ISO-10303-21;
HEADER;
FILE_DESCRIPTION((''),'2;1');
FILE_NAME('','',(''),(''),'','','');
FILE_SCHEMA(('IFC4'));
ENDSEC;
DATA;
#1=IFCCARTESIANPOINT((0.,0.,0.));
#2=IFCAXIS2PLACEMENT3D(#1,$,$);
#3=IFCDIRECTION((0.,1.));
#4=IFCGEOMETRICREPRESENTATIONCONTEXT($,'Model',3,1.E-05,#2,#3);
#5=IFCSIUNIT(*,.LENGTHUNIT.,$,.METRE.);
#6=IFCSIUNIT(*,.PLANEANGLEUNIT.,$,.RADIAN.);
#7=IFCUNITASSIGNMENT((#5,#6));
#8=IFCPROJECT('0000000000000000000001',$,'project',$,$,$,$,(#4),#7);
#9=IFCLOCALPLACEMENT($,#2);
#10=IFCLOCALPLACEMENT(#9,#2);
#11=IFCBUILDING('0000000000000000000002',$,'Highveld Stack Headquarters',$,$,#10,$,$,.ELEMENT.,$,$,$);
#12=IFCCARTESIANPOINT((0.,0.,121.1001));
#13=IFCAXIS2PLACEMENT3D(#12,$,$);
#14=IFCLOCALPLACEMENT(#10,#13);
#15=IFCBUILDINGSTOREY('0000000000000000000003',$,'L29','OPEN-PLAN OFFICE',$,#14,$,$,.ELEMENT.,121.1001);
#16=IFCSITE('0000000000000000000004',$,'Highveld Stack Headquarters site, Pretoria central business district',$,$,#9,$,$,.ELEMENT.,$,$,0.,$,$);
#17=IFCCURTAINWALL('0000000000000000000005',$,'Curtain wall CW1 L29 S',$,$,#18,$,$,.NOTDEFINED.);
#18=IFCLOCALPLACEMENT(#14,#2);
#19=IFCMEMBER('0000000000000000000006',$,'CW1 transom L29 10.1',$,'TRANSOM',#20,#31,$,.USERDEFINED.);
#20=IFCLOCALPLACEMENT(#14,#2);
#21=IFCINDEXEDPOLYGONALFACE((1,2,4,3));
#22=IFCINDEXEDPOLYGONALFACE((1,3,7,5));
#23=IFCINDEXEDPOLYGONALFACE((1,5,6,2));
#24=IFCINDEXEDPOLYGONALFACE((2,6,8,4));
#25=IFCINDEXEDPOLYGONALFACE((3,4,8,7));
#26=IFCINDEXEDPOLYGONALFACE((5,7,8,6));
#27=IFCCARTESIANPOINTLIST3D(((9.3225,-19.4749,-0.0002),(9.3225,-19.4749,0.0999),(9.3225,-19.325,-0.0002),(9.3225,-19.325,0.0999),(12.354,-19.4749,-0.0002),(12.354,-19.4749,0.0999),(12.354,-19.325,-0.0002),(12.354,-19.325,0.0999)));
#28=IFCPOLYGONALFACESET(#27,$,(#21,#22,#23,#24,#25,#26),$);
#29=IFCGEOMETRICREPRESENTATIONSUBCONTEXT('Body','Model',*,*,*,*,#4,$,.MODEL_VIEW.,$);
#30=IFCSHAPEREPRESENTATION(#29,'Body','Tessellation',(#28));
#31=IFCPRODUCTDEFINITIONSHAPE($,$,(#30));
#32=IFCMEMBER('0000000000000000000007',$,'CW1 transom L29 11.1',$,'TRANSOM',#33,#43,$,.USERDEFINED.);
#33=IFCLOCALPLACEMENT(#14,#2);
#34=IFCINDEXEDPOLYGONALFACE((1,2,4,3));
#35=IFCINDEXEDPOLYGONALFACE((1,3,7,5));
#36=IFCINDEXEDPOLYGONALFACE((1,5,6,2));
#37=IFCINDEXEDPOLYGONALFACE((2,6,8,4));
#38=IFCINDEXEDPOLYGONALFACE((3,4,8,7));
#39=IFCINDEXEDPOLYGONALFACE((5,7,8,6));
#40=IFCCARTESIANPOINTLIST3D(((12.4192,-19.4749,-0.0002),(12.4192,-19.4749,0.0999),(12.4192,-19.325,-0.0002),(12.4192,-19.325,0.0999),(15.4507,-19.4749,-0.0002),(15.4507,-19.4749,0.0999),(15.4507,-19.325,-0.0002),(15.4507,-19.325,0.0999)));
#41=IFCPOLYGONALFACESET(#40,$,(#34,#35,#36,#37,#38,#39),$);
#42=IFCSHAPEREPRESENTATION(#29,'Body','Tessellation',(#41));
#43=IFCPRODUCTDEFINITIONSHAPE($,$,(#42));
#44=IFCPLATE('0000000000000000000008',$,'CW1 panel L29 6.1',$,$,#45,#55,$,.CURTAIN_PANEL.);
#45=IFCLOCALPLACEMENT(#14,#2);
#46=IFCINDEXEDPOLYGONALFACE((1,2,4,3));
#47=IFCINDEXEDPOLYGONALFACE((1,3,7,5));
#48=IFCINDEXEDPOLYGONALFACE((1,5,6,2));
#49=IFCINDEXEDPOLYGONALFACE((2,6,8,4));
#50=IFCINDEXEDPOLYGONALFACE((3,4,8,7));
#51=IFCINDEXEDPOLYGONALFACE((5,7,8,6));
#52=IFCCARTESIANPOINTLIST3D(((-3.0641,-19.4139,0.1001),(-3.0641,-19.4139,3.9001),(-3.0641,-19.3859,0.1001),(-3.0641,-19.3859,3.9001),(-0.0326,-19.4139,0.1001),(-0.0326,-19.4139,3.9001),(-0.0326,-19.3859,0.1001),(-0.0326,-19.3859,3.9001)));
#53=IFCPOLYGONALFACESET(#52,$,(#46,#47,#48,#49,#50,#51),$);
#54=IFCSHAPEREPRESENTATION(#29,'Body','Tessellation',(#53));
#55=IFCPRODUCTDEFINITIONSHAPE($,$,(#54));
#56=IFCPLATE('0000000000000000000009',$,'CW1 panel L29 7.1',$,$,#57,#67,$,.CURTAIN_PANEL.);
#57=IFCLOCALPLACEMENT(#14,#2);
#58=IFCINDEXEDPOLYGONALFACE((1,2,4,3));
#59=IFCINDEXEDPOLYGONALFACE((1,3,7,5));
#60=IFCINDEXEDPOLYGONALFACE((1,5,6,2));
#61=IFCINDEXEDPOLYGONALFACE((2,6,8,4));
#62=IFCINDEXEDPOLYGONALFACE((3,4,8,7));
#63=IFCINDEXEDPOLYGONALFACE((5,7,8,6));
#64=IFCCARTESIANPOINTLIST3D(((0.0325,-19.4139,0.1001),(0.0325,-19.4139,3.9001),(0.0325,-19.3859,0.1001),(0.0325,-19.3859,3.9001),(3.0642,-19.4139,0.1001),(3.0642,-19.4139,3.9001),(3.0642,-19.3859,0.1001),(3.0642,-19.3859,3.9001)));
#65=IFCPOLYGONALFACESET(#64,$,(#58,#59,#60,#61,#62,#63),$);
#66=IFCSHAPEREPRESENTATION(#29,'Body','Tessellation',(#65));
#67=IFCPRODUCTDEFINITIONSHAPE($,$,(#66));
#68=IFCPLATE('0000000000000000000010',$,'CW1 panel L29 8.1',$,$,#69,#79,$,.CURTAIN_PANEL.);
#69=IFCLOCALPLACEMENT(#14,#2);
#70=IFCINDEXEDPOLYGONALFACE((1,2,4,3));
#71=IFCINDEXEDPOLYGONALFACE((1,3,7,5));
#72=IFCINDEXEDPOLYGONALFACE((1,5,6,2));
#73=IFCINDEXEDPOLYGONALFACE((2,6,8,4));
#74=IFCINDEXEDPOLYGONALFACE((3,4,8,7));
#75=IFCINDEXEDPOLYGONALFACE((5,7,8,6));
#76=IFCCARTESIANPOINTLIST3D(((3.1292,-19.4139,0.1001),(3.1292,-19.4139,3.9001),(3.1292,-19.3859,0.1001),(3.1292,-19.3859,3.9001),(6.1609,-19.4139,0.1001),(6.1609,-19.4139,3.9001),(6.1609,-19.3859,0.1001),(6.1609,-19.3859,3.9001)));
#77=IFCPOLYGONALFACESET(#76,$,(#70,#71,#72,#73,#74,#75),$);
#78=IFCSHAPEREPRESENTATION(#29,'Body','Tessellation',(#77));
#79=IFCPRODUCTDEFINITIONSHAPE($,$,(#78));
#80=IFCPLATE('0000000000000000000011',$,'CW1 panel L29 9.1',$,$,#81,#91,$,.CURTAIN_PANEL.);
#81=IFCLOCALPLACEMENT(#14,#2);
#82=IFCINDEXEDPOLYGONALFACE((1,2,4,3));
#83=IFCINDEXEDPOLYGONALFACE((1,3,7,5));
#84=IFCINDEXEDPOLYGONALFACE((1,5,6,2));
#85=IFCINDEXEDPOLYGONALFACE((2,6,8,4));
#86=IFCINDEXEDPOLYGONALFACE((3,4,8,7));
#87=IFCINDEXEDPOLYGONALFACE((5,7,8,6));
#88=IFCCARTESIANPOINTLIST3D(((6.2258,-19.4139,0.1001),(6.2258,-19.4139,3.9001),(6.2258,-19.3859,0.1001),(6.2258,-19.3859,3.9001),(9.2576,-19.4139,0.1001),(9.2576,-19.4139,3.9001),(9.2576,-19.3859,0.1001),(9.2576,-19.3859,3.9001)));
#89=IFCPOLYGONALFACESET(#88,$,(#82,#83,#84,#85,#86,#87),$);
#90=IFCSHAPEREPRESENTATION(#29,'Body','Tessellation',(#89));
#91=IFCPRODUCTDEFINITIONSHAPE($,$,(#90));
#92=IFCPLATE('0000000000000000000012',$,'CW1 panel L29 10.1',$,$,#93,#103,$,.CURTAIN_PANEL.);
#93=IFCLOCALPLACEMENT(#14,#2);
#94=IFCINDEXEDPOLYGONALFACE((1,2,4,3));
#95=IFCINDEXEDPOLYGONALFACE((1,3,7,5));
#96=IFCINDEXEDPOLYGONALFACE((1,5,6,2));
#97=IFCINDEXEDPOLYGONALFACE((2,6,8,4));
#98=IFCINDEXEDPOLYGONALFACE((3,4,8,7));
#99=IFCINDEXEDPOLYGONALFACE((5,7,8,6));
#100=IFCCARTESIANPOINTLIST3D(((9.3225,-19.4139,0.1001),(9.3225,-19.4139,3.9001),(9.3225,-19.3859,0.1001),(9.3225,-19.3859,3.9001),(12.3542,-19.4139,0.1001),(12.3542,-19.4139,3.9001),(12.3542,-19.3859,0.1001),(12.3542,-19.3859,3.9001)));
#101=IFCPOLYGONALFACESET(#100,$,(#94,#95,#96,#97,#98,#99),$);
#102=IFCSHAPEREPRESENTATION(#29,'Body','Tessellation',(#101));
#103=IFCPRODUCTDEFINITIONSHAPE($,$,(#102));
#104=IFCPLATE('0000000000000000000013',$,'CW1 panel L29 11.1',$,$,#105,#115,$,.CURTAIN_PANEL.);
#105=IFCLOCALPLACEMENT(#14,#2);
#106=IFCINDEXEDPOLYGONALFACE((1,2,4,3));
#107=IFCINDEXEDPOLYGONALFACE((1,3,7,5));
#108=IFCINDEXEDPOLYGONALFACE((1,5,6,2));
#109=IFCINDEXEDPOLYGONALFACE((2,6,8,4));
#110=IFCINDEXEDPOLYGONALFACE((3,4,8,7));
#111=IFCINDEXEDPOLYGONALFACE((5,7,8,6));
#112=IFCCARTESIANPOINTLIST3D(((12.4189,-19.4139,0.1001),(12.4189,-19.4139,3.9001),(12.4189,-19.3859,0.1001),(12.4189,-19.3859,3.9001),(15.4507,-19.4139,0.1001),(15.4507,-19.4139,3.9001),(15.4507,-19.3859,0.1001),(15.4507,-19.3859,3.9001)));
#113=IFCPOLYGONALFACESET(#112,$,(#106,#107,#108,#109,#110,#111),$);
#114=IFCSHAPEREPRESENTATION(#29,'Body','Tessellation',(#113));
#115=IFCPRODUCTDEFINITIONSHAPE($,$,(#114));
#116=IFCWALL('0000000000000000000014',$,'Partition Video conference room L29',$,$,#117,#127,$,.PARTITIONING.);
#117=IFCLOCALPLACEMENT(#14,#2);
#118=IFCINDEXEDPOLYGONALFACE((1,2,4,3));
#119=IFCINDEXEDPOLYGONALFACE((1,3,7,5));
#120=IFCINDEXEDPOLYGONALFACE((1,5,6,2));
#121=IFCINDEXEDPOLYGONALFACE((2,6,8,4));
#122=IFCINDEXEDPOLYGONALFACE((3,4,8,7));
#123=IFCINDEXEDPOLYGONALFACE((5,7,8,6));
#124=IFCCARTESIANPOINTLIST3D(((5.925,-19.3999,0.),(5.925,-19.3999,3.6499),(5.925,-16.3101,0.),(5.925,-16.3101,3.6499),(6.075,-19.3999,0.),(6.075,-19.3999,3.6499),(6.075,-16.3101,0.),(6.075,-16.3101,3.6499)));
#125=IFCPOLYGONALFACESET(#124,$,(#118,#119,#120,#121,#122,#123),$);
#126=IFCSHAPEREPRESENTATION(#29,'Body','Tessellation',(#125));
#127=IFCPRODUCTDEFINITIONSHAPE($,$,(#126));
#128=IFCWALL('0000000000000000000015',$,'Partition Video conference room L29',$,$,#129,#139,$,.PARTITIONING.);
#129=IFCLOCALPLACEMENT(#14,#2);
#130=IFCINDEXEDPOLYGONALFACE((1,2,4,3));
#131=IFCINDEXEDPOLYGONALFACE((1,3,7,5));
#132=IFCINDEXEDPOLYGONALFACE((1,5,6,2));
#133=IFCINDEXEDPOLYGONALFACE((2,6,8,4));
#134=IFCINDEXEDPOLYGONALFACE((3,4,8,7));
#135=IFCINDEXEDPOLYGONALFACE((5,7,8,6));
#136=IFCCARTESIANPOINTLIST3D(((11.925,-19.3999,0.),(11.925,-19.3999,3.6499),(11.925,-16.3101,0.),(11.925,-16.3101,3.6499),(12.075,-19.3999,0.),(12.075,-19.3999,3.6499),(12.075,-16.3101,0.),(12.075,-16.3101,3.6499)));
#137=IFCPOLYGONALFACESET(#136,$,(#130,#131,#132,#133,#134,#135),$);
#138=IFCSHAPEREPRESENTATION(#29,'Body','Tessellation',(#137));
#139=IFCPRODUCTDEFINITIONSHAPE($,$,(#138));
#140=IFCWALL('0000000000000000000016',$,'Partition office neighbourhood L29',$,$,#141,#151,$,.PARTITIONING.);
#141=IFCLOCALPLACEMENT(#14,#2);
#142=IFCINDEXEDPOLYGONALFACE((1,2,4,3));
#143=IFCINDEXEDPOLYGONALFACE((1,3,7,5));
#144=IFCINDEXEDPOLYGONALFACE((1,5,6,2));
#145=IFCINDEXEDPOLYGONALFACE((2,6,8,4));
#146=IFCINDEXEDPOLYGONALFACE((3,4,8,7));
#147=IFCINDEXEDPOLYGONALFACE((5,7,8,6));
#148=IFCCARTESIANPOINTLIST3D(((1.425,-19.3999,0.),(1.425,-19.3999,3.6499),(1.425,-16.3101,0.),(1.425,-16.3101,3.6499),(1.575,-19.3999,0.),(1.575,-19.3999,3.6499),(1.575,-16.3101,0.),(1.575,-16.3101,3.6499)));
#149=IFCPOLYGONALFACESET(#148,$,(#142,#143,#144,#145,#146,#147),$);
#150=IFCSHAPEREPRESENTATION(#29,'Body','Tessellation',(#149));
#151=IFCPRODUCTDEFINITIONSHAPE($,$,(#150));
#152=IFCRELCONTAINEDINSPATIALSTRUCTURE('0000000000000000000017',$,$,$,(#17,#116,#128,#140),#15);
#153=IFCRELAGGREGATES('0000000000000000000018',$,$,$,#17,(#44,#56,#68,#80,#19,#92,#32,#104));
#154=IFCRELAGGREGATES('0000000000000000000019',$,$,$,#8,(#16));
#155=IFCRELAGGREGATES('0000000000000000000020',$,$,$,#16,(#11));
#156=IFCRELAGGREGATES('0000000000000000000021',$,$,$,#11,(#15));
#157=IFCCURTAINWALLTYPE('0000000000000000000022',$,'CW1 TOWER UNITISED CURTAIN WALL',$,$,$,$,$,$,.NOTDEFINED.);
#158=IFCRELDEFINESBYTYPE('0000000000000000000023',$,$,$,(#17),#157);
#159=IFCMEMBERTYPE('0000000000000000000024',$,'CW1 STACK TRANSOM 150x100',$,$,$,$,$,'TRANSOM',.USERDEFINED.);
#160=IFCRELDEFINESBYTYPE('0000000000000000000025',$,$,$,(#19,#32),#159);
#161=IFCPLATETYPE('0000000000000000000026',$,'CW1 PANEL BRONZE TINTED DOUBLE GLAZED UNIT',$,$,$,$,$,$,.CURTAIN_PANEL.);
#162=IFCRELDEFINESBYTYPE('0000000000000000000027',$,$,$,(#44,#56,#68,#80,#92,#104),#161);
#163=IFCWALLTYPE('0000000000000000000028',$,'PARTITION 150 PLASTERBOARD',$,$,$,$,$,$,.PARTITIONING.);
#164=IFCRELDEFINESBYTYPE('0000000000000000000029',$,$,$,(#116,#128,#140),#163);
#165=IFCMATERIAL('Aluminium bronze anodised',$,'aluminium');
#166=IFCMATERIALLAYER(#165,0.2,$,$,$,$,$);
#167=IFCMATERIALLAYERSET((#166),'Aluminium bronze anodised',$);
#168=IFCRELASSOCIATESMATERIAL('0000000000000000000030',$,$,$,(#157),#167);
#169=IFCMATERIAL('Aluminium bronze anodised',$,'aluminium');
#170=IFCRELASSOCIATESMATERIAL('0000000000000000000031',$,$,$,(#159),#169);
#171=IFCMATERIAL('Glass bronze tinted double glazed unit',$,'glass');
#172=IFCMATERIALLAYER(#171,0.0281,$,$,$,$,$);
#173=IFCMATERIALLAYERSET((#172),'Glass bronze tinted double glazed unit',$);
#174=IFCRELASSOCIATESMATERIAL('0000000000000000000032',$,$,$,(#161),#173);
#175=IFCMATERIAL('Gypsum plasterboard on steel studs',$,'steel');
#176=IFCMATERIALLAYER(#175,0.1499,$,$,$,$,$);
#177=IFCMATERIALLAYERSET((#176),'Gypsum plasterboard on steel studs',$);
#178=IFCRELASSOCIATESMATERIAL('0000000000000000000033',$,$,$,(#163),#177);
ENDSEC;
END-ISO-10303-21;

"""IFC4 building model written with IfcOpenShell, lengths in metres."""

from ifc_helpers import new_model, si_unit, direction, frame, frame_2d, origin, origin_2d, place, context, subcontext, project, spatial, rectangle, extrude, material, layer, layer_set, material_profile, profile_set, type_object, element, aggregate, save


model = new_model("IFC4")

# Units and contexts
model_context = context("Model", 3, precision=1e-05, world=origin(), true_north=direction((0.0, 1.0)))
body_context = subcontext(model_context, "Body", "Model", "MODEL_VIEW")
ifc_project = project(units=[si_unit("LENGTHUNIT", "METRE"), si_unit("PLANEANGLEUNIT", "RADIAN")], contexts=[model_context])

# Site, building, storey
site_placement = place(None, origin())
site = spatial("IfcSite", under=ifc_project, at=site_placement, Name="Highveld Stack Headquarters site, Pretoria central business district", CompositionType="ELEMENT", RefElevation=0.0)
building_placement = place(site_placement, origin())
building = spatial("IfcBuilding", under=site, at=building_placement, Name="Highveld Stack Headquarters", CompositionType="ELEMENT")
storey_placement = place(building_placement, frame((0.0, 0.0, 121.1001)))
storey = spatial("IfcBuildingStorey", under=building, at=storey_placement, Name="L29", Description="OPEN-PLAN OFFICE", CompositionType="ELEMENT", Elevation=121.1001)

# Curtain wall, members, plates
ifc_material_1 = material(Name="Aluminium bronze anodised", Category="aluminium")
ifc_layer_1 = layer(ifc_material_1, 0.2)
ifc_layer_set_1 = layer_set([ifc_layer_1], Name="Aluminium bronze anodised")
curtain_wall_type = type_object("IfcCurtainWallType", Name="CW1 TOWER UNITISED CURTAIN WALL", PredefinedType="NOTDEFINED", material=ifc_layer_set_1)
curtain_wall_placement = place(storey_placement, origin())
curtain_wall = element("IfcCurtainWall", 1, at=curtain_wall_placement, inside=storey, type_object=curtain_wall_type, Name="Curtain wall CW1 L29 S", PredefinedType="NOTDEFINED")
ifc_material_2 = material(Name="Aluminium bronze anodised", Category="aluminium")
ifc_material_profile_1 = material_profile(ifc_material_2, rectangle(XDim=0.1499, YDim=0.1001, at=origin_2d()), Name="CW1 TRANSOM 150x100")
ifc_profile_set_1 = profile_set([ifc_material_profile_1], Name="Aluminium bronze anodised")
member_type_1 = type_object("IfcMemberType", Name="CW1 STACK TRANSOM 150x100", ElementType="TRANSOM", PredefinedType="USERDEFINED", material=ifc_profile_set_1)
member_1_placement = place(storey_placement, frame((9.3225, -19.3999, 0.0498), z_axis=(1.0, 0.0, 0.0), x_axis=(0.0, 1.0, 0.0)))
member_1 = element("IfcMember", 2, at=member_1_placement, type_object=member_type_1, Name="CW1 transom L29 10.1", ObjectType="TRANSOM", PredefinedType="USERDEFINED", context=body_context, shape_type="SweptSolid", body=[
    extrude(rectangle(XDim=0.1499, YDim=0.1001, at=origin_2d()), origin(), (0.0, 0.0, 1.0), 3.0315),
])
member_2_placement = place(storey_placement, frame((12.4192, -19.3999, 0.0498), z_axis=(1.0, 0.0, 0.0), x_axis=(0.0, 1.0, 0.0)))
member_2 = element("IfcMember", 3, at=member_2_placement, type_object=member_type_1, Name="CW1 transom L29 11.1", ObjectType="TRANSOM", PredefinedType="USERDEFINED", context=body_context, shape_type="SweptSolid", body=[
    extrude(rectangle(XDim=0.1499, YDim=0.1001, at=origin_2d()), origin(), (0.0, 0.0, 1.0), 3.0315),
])
ifc_material_3 = material(Name="Glass bronze tinted double glazed unit", Category="glass")
ifc_layer_2 = layer(ifc_material_3, 0.0281)
ifc_layer_set_2 = layer_set([ifc_layer_2], Name="Glass bronze tinted double glazed unit")
plate_type = type_object("IfcPlateType", Name="CW1 PANEL BRONZE TINTED DOUBLE GLAZED UNIT", PredefinedType="CURTAIN_PANEL", material=ifc_layer_set_2)
plate_1_placement = place(storey_placement, frame((-1.5483, -19.3999, 0.1001), z_axis=(0.0, 0.0, 1.0), x_axis=(1.0, 0.0, 0.0)))
plate_1 = element("IfcPlate", 4, at=plate_1_placement, type_object=plate_type, Name="CW1 panel L29 6.1", PredefinedType="CURTAIN_PANEL", context=body_context, shape_type="SweptSolid", body=[
    extrude(rectangle(XDim=3.0315, YDim=0.0281, at=origin_2d()), origin(), (0.0, 0.0, 1.0), 3.8),
])
plate_2_placement = place(storey_placement, frame((1.5483, -19.3999, 0.1001), z_axis=(0.0, 0.0, 1.0), x_axis=(1.0, 0.0, 0.0)))
plate_2 = element("IfcPlate", 5, at=plate_2_placement, type_object=plate_type, Name="CW1 panel L29 7.1", PredefinedType="CURTAIN_PANEL", context=body_context, shape_type="SweptSolid", body=[
    extrude(rectangle(XDim=3.0317, YDim=0.0281, at=origin_2d()), origin(), (0.0, 0.0, 1.0), 3.8),
])
plate_3_placement = place(storey_placement, frame((4.645, -19.3999, 0.1001), z_axis=(0.0, 0.0, 1.0), x_axis=(1.0, 0.0, 0.0)))
plate_3 = element("IfcPlate", 6, at=plate_3_placement, type_object=plate_type, Name="CW1 panel L29 8.1", PredefinedType="CURTAIN_PANEL", context=body_context, shape_type="SweptSolid", body=[
    extrude(rectangle(XDim=3.0317, YDim=0.0281, at=origin_2d()), origin(), (0.0, 0.0, 1.0), 3.8),
])
plate_4_placement = place(storey_placement, frame((7.7417, -19.3999, 0.1001), z_axis=(0.0, 0.0, 1.0), x_axis=(1.0, 0.0, 0.0)))
plate_4 = element("IfcPlate", 7, at=plate_4_placement, type_object=plate_type, Name="CW1 panel L29 9.1", PredefinedType="CURTAIN_PANEL", context=body_context, shape_type="SweptSolid", body=[
    extrude(rectangle(XDim=3.0317, YDim=0.0281, at=origin_2d()), origin(), (0.0, 0.0, 1.0), 3.8),
])
plate_5_placement = place(storey_placement, frame((10.8384, -19.3999, 0.1001), z_axis=(0.0, 0.0, 1.0), x_axis=(1.0, 0.0, 0.0)))
plate_5 = element("IfcPlate", 8, at=plate_5_placement, type_object=plate_type, Name="CW1 panel L29 10.1", PredefinedType="CURTAIN_PANEL", context=body_context, shape_type="SweptSolid", body=[
    extrude(rectangle(XDim=3.0317, YDim=0.0281, at=origin_2d()), origin(), (0.0, 0.0, 1.0), 3.8),
])
plate_6_placement = place(storey_placement, frame((13.9348, -19.3999, 0.1001), z_axis=(0.0, 0.0, 1.0), x_axis=(1.0, 0.0, 0.0)))
plate_6 = element("IfcPlate", 9, at=plate_6_placement, type_object=plate_type, Name="CW1 panel L29 11.1", PredefinedType="CURTAIN_PANEL", context=body_context, shape_type="SweptSolid", body=[
    extrude(rectangle(XDim=3.0317, YDim=0.0281, at=origin_2d()), origin(), (0.0, 0.0, 1.0), 3.8),
])
aggregate(curtain_wall, [plate_1, plate_2, plate_3, plate_4, member_1, plate_5, member_2, plate_6])

# Walls
ifc_material_4 = material(Name="Gypsum plasterboard on steel studs", Category="steel")
ifc_layer_3 = layer(ifc_material_4, 0.1499)
ifc_layer_set_3 = layer_set([ifc_layer_3], Name="Gypsum plasterboard on steel studs")
wall_type = type_object("IfcWallType", Name="PARTITION 150 PLASTERBOARD", PredefinedType="PARTITIONING", material=ifc_layer_set_3)
for number, where, z_axis, x_axis, name in (
    (10, (6.0, -19.3999, 0.0), (0.0, 0.0, 1.0), (0.0, 1.0, 0.0), "Partition Video conference room L29"),
    (11, (12.0, -19.3999, 0.0), (0.0, 0.0, 1.0), (0.0, 1.0, 0.0), "Partition Video conference room L29"),
    (12, (1.5, -19.3999, 0.0), (0.0, 0.0, 1.0), (0.0, 1.0, 0.0), "Partition office neighbourhood L29"),
):
    element("IfcWall", number, at=place(storey_placement, frame(where, z_axis=z_axis, x_axis=x_axis)), inside=storey, type_object=wall_type, Name=name, PredefinedType="PARTITIONING", context=body_context, shape_type="SweptSolid", body=[
        extrude(rectangle(XDim=3.0898, YDim=0.1499, at=frame_2d((1.5449, 0.0))), origin(), (0.0, 0.0, 1.0), 3.6499),
    ])

save(model, "model.ifc")
